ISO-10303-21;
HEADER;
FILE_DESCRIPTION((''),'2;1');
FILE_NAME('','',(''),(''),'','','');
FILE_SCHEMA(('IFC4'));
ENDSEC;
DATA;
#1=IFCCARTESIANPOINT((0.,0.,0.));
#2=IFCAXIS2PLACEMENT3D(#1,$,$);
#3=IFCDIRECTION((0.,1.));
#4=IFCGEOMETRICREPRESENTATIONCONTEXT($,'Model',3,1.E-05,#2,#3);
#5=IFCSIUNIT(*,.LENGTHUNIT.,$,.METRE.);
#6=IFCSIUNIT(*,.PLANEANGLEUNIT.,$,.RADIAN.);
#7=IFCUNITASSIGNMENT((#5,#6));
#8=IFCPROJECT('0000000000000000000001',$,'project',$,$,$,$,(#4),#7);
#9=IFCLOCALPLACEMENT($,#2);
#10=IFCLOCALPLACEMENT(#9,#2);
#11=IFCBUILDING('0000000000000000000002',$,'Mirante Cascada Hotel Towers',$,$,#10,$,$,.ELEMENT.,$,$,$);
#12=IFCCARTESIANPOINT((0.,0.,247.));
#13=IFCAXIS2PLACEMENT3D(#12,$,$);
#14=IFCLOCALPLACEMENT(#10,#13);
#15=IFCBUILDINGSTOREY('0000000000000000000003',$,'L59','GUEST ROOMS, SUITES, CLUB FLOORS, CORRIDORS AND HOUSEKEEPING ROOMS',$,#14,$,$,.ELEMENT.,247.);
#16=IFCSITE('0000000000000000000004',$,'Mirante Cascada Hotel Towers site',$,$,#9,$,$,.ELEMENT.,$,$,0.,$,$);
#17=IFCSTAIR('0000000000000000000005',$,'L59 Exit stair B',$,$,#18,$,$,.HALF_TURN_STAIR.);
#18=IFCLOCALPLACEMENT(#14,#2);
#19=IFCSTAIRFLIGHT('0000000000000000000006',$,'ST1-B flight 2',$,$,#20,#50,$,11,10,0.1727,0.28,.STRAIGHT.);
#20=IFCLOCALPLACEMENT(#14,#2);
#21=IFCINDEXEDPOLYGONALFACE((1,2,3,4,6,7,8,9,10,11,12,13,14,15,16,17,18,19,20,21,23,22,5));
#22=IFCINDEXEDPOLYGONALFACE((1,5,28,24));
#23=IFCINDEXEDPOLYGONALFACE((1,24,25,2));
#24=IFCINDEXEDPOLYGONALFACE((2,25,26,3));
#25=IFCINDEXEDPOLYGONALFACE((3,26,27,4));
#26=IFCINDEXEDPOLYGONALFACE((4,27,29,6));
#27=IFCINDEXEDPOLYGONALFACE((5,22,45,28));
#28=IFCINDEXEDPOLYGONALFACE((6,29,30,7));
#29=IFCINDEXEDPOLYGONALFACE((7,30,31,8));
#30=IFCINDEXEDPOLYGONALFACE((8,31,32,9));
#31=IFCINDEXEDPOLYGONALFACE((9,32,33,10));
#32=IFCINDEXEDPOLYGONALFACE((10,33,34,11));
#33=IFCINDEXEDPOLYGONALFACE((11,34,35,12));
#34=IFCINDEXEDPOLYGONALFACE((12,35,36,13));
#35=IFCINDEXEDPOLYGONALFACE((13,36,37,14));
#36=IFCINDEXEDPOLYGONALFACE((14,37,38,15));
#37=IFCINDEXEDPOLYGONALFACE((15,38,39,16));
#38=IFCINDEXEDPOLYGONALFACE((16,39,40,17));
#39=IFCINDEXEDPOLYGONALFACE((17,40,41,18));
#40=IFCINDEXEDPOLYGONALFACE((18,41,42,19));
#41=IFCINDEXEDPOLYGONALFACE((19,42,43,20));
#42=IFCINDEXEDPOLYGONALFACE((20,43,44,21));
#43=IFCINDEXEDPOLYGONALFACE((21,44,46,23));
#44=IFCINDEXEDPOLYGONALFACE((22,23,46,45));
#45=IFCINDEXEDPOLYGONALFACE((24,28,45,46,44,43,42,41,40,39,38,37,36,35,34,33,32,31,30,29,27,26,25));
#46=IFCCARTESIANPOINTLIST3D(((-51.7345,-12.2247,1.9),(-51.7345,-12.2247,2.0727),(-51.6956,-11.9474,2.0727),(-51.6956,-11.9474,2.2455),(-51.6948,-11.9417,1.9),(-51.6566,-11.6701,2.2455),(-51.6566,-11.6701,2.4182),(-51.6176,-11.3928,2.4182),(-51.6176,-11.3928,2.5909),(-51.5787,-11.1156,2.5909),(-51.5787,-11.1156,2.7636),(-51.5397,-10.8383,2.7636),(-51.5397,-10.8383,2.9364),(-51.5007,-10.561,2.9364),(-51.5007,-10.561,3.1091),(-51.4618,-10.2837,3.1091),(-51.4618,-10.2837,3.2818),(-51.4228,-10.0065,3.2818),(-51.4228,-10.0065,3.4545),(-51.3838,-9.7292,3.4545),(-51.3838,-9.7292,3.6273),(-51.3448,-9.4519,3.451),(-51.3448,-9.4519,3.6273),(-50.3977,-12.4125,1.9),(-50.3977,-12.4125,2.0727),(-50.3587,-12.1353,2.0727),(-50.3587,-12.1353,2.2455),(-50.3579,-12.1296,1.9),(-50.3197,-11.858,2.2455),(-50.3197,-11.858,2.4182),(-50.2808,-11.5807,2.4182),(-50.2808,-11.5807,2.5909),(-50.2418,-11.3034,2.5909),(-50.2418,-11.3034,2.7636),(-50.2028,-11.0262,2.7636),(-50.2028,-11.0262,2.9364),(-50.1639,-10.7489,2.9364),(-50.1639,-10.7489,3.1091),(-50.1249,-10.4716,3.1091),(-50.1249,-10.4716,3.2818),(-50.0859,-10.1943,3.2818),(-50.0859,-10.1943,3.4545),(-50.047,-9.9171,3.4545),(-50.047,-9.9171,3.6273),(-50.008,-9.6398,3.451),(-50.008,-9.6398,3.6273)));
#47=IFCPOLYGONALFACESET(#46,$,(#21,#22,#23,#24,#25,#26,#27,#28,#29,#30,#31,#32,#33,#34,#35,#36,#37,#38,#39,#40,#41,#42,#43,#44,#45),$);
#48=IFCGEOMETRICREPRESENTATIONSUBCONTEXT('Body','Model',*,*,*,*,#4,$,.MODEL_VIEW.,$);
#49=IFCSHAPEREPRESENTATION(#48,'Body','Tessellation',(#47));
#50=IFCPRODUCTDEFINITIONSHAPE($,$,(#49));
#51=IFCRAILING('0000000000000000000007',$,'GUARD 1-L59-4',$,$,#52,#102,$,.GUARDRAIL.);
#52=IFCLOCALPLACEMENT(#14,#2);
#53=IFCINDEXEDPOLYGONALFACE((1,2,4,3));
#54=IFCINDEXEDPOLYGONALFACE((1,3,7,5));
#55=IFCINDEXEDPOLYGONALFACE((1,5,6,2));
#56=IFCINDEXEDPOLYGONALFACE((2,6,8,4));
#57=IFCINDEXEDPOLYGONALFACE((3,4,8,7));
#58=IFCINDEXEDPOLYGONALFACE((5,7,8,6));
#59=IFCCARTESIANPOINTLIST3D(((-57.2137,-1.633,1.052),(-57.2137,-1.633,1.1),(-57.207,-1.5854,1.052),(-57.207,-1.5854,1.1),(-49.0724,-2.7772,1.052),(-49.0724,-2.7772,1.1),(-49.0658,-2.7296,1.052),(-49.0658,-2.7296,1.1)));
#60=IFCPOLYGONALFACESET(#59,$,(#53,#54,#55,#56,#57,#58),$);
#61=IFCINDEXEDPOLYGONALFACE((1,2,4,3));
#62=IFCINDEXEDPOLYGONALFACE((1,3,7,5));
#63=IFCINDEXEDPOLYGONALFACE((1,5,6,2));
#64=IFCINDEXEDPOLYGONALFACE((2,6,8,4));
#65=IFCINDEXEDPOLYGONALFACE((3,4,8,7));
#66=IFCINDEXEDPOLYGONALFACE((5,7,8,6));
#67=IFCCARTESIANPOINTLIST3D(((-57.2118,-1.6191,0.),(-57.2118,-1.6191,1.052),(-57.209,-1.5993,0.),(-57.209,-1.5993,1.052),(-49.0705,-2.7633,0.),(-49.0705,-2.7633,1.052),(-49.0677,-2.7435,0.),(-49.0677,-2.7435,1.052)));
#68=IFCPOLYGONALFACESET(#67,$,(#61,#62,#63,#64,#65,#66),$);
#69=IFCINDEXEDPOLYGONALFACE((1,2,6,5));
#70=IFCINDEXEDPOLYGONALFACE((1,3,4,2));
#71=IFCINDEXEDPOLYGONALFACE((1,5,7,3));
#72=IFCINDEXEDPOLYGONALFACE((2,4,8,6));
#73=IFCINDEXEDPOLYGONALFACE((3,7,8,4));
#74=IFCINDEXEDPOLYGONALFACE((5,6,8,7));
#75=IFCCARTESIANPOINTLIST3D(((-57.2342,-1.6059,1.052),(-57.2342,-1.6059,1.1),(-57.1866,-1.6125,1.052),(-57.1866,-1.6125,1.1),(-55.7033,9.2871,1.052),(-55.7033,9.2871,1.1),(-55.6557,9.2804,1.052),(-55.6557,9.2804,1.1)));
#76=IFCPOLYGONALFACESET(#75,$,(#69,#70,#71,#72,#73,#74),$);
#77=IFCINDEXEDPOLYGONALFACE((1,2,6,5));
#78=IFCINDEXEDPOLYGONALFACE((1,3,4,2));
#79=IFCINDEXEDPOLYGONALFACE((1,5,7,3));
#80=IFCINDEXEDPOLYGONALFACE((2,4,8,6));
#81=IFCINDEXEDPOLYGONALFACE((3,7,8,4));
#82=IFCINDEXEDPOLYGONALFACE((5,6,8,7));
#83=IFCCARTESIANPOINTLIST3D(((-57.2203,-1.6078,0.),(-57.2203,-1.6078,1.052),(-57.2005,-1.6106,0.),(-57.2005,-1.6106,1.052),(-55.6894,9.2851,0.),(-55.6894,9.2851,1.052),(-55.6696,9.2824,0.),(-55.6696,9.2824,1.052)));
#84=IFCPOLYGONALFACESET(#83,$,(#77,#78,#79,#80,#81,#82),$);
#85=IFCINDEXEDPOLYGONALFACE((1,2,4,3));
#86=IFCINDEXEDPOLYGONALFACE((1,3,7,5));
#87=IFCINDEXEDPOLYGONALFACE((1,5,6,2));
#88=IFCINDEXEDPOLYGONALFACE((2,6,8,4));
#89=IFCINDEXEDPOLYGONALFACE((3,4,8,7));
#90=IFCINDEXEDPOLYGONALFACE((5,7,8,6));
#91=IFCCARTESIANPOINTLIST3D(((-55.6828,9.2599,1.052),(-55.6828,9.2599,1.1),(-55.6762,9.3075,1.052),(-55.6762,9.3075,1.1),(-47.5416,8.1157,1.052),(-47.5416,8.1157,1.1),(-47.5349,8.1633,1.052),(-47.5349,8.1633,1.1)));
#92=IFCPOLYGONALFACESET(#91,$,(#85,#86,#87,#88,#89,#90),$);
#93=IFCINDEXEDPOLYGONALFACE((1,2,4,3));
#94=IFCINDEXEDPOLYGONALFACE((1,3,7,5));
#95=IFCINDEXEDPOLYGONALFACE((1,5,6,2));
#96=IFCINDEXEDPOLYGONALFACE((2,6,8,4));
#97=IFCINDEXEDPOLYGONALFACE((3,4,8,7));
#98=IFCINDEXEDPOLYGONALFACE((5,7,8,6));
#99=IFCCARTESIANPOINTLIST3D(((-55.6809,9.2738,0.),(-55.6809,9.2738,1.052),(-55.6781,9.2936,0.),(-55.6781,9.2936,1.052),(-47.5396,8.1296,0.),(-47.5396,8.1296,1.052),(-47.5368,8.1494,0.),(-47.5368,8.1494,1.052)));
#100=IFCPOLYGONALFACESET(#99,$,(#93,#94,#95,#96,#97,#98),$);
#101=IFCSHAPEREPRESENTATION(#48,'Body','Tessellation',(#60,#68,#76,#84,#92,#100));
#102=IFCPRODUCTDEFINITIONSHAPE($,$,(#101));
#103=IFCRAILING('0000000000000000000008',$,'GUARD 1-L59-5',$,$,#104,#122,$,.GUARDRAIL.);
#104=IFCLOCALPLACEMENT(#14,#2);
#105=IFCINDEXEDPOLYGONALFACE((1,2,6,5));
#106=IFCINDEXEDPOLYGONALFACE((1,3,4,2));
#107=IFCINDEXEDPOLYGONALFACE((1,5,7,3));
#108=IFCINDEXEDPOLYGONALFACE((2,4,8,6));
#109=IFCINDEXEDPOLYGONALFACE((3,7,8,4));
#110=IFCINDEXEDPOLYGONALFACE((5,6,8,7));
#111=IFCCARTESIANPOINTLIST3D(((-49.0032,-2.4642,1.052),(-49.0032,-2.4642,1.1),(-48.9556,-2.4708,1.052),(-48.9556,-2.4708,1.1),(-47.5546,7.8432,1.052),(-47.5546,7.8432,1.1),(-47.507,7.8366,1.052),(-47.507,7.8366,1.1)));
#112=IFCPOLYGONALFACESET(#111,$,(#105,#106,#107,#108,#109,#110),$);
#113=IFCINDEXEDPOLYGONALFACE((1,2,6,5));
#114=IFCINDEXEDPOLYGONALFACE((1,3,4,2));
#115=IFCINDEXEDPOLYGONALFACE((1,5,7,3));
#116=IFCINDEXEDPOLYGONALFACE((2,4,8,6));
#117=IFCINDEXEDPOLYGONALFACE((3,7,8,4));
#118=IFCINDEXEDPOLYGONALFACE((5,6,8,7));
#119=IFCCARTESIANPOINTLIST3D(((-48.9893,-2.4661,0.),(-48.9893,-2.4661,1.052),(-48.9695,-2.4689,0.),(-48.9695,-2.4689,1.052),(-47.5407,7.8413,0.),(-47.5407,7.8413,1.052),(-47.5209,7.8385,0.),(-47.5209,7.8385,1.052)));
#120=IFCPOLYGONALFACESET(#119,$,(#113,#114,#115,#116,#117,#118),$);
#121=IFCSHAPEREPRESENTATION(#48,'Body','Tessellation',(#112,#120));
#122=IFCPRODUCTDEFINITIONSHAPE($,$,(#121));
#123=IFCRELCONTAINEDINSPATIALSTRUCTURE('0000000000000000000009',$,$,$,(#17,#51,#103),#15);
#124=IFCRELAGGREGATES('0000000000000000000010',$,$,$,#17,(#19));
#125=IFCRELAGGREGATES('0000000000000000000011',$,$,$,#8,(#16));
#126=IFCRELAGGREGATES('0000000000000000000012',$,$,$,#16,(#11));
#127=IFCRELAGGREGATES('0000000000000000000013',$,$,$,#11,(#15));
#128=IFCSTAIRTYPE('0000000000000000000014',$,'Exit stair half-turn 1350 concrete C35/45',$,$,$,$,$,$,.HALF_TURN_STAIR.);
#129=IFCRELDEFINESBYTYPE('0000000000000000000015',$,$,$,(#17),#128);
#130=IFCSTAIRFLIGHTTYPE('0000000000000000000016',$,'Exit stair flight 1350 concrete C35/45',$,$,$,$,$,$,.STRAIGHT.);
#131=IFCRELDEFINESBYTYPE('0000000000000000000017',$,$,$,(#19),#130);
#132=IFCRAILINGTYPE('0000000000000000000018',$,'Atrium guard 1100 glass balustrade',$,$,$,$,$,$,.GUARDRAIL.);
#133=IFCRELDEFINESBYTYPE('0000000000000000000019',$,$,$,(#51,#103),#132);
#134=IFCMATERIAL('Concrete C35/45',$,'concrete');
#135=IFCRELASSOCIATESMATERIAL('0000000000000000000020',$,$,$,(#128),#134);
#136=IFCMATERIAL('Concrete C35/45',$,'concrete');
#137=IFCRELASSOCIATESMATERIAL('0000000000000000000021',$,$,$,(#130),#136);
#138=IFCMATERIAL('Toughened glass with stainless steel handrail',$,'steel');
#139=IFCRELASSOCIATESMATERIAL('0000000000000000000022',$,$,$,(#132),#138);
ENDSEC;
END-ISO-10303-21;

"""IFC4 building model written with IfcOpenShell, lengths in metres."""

from ifc_helpers import new_model, si_unit, direction, frame, origin, origin_2d, place, context, subcontext, project, spatial, polyline, rectangle, outline, extrude, material, type_object, element, aggregate, save


model = new_model("IFC4")

# Units and contexts
model_context = context("Model", 3, precision=1e-05, world=origin(), true_north=direction((0.0, 1.0)))
body_context = subcontext(model_context, "Body", "Model", "MODEL_VIEW")
ifc_project = project(units=[si_unit("LENGTHUNIT", "METRE"), si_unit("PLANEANGLEUNIT", "RADIAN")], contexts=[model_context])

# Site, building, storey
site_placement = place(None, origin())
site = spatial("IfcSite", under=ifc_project, at=site_placement, Name="Mirante Cascada Hotel Towers site", CompositionType="ELEMENT", RefElevation=0.0)
building_placement = place(site_placement, origin())
building = spatial("IfcBuilding", under=site, at=building_placement, Name="Mirante Cascada Hotel Towers", CompositionType="ELEMENT")
storey_placement = place(building_placement, frame((0.0, 0.0, 247.0)))
storey = spatial("IfcBuildingStorey", under=building, at=storey_placement, Name="L59", Description="GUEST ROOMS, SUITES, CLUB FLOORS, CORRIDORS AND HOUSEKEEPING ROOMS", CompositionType="ELEMENT", Elevation=247.0)

# Stair, stair flight
ifc_material_1 = material(Name="Concrete C35/45", Category="concrete")
stair_type = type_object("IfcStairType", Name="Exit stair half-turn 1350 concrete C35/45", PredefinedType="HALF_TURN_STAIR", material=ifc_material_1)
stair_placement = place(storey_placement, origin())
stair = element("IfcStair", 1, at=stair_placement, inside=storey, type_object=stair_type, Name="L59 Exit stair B", PredefinedType="HALF_TURN_STAIR")
ifc_material_2 = material(Name="Concrete C35/45", Category="concrete")
stair_flight_type = type_object("IfcStairFlightType", Name="Exit stair flight 1350 concrete C35/45", PredefinedType="STRAIGHT", material=ifc_material_2)
stair_flight_1_placement = place(storey_placement, frame((-51.0661, -12.3186, 1.9), z_axis=(0.0, 0.0, 1.0), x_axis=(0.139173, 0.990268, 0.0)))
stair_flight_1 = element("IfcStairFlight", 2, at=stair_flight_1_placement, type_object=stair_flight_type, Name="ST1-B flight 2", NumberOfRisers=11, NumberOfTreads=10, PredefinedType="STRAIGHT", RiserHeight=0.1727, TreadLength=0.28, context=body_context, shape_type="SweptSolid", body=[
    extrude(outline(polyline([(0.0, 0.0), (0.0, 0.1727), (0.28, 0.1727), (0.28, 0.3455), (0.56, 0.3455), (0.56, 0.5182), (0.84, 0.5182), (0.84, 0.6909), (1.12, 0.6909), (1.12, 0.8636), (1.4, 0.8636), (1.4, 1.0364), (1.68, 1.0364), (1.68, 1.2091), (1.96, 1.2091), (1.96, 1.3818), (2.24, 1.3818), (2.24, 1.5545), (2.52, 1.5545), (2.52, 1.7273), (2.8, 1.7273), (2.8, 1.9), (2.8, 1.551), (0.2857, 0.0), (0.0, 0.0)])), frame((0.0, 0.675, 0.0), z_axis=(0.0, -1.0, 0.0), x_axis=(1.0, 0.0, 0.0)), (0.0, 0.0, 1.0), 1.35),
])
aggregate(stair, [stair_flight_1])

# Railings
ifc_material_3 = material(Name="Toughened glass with stainless steel handrail", Category="steel")
railing_type_1 = type_object("IfcRailingType", Name="Atrium guard 1100 glass balustrade", PredefinedType="GUARDRAIL", material=ifc_material_3)
railing_1_placement = place(storey_placement, frame((-49.0691, -2.7534, 0.0)))
element("IfcRailing", 3, at=railing_1_placement, inside=storey, type_object=railing_type_1, Name="GUARD 1-L59-4", PredefinedType="GUARDRAIL", context=body_context, shape_type="SweptSolid", body=[
    extrude(rectangle(XDim=0.048, YDim=0.048, at=origin_2d()), frame((0.0, 0.0, 1.076), z_axis=(-0.990268, 0.139175, 0.0), x_axis=(-0.139175, -0.990268, 0.0)), (0.0, 0.0, 1.0), 8.2213),
    extrude(rectangle(XDim=0.02, YDim=1.052, at=origin_2d()), frame((0.0, 0.0, 0.526), z_axis=(-0.990268, 0.139175, 0.0), x_axis=(-0.139175, -0.990268, 0.0)), (0.0, 0.0, 1.0), 8.2213),
    extrude(rectangle(XDim=0.048, YDim=0.048, at=origin_2d()), frame((-8.1413, 1.1442, 1.076), z_axis=(0.139173, 0.990268, 0.0), x_axis=(-0.990268, 0.139173, 0.0)), (0.0, 0.0, 1.0), 11.0),
    extrude(rectangle(XDim=0.02, YDim=1.052, at=origin_2d()), frame((-8.1413, 1.1442, 0.526), z_axis=(0.139173, 0.990268, 0.0), x_axis=(-0.990268, 0.139173, 0.0)), (0.0, 0.0, 1.0), 11.0),
    extrude(rectangle(XDim=0.048, YDim=0.048, at=origin_2d()), frame((-6.6104, 12.0371, 1.076), z_axis=(0.990268, -0.139175, 0.0), x_axis=(0.139175, 0.990268, 0.0)), (0.0, 0.0, 1.0), 8.2213),
    extrude(rectangle(XDim=0.02, YDim=1.052, at=origin_2d()), frame((-6.6104, 12.0371, 0.526), z_axis=(0.990268, -0.139175, 0.0), x_axis=(0.139175, 0.990268, 0.0)), (0.0, 0.0, 1.0), 8.2213),
])
railing_2_placement = place(storey_placement, frame((-48.9794, -2.4675, 0.0)))
element("IfcRailing", 4, at=railing_2_placement, inside=storey, type_object=railing_type_1, Name="GUARD 1-L59-5", PredefinedType="GUARDRAIL", context=body_context, shape_type="SweptSolid", body=[
    extrude(rectangle(XDim=0.048, YDim=0.048, at=origin_2d()), frame((0.0, 0.0, 1.076), z_axis=(0.139172, 0.990268, 0.0), x_axis=(-0.990268, 0.139172, 0.0)), (0.0, 0.0, 1.0), 10.4087),
    extrude(rectangle(XDim=0.02, YDim=1.052, at=origin_2d()), frame((0.0, 0.0, 0.526), z_axis=(0.139172, 0.990268, 0.0), x_axis=(-0.990268, 0.139172, 0.0)), (0.0, 0.0, 1.0), 10.4087),
])

save(model, "model.ifc")
